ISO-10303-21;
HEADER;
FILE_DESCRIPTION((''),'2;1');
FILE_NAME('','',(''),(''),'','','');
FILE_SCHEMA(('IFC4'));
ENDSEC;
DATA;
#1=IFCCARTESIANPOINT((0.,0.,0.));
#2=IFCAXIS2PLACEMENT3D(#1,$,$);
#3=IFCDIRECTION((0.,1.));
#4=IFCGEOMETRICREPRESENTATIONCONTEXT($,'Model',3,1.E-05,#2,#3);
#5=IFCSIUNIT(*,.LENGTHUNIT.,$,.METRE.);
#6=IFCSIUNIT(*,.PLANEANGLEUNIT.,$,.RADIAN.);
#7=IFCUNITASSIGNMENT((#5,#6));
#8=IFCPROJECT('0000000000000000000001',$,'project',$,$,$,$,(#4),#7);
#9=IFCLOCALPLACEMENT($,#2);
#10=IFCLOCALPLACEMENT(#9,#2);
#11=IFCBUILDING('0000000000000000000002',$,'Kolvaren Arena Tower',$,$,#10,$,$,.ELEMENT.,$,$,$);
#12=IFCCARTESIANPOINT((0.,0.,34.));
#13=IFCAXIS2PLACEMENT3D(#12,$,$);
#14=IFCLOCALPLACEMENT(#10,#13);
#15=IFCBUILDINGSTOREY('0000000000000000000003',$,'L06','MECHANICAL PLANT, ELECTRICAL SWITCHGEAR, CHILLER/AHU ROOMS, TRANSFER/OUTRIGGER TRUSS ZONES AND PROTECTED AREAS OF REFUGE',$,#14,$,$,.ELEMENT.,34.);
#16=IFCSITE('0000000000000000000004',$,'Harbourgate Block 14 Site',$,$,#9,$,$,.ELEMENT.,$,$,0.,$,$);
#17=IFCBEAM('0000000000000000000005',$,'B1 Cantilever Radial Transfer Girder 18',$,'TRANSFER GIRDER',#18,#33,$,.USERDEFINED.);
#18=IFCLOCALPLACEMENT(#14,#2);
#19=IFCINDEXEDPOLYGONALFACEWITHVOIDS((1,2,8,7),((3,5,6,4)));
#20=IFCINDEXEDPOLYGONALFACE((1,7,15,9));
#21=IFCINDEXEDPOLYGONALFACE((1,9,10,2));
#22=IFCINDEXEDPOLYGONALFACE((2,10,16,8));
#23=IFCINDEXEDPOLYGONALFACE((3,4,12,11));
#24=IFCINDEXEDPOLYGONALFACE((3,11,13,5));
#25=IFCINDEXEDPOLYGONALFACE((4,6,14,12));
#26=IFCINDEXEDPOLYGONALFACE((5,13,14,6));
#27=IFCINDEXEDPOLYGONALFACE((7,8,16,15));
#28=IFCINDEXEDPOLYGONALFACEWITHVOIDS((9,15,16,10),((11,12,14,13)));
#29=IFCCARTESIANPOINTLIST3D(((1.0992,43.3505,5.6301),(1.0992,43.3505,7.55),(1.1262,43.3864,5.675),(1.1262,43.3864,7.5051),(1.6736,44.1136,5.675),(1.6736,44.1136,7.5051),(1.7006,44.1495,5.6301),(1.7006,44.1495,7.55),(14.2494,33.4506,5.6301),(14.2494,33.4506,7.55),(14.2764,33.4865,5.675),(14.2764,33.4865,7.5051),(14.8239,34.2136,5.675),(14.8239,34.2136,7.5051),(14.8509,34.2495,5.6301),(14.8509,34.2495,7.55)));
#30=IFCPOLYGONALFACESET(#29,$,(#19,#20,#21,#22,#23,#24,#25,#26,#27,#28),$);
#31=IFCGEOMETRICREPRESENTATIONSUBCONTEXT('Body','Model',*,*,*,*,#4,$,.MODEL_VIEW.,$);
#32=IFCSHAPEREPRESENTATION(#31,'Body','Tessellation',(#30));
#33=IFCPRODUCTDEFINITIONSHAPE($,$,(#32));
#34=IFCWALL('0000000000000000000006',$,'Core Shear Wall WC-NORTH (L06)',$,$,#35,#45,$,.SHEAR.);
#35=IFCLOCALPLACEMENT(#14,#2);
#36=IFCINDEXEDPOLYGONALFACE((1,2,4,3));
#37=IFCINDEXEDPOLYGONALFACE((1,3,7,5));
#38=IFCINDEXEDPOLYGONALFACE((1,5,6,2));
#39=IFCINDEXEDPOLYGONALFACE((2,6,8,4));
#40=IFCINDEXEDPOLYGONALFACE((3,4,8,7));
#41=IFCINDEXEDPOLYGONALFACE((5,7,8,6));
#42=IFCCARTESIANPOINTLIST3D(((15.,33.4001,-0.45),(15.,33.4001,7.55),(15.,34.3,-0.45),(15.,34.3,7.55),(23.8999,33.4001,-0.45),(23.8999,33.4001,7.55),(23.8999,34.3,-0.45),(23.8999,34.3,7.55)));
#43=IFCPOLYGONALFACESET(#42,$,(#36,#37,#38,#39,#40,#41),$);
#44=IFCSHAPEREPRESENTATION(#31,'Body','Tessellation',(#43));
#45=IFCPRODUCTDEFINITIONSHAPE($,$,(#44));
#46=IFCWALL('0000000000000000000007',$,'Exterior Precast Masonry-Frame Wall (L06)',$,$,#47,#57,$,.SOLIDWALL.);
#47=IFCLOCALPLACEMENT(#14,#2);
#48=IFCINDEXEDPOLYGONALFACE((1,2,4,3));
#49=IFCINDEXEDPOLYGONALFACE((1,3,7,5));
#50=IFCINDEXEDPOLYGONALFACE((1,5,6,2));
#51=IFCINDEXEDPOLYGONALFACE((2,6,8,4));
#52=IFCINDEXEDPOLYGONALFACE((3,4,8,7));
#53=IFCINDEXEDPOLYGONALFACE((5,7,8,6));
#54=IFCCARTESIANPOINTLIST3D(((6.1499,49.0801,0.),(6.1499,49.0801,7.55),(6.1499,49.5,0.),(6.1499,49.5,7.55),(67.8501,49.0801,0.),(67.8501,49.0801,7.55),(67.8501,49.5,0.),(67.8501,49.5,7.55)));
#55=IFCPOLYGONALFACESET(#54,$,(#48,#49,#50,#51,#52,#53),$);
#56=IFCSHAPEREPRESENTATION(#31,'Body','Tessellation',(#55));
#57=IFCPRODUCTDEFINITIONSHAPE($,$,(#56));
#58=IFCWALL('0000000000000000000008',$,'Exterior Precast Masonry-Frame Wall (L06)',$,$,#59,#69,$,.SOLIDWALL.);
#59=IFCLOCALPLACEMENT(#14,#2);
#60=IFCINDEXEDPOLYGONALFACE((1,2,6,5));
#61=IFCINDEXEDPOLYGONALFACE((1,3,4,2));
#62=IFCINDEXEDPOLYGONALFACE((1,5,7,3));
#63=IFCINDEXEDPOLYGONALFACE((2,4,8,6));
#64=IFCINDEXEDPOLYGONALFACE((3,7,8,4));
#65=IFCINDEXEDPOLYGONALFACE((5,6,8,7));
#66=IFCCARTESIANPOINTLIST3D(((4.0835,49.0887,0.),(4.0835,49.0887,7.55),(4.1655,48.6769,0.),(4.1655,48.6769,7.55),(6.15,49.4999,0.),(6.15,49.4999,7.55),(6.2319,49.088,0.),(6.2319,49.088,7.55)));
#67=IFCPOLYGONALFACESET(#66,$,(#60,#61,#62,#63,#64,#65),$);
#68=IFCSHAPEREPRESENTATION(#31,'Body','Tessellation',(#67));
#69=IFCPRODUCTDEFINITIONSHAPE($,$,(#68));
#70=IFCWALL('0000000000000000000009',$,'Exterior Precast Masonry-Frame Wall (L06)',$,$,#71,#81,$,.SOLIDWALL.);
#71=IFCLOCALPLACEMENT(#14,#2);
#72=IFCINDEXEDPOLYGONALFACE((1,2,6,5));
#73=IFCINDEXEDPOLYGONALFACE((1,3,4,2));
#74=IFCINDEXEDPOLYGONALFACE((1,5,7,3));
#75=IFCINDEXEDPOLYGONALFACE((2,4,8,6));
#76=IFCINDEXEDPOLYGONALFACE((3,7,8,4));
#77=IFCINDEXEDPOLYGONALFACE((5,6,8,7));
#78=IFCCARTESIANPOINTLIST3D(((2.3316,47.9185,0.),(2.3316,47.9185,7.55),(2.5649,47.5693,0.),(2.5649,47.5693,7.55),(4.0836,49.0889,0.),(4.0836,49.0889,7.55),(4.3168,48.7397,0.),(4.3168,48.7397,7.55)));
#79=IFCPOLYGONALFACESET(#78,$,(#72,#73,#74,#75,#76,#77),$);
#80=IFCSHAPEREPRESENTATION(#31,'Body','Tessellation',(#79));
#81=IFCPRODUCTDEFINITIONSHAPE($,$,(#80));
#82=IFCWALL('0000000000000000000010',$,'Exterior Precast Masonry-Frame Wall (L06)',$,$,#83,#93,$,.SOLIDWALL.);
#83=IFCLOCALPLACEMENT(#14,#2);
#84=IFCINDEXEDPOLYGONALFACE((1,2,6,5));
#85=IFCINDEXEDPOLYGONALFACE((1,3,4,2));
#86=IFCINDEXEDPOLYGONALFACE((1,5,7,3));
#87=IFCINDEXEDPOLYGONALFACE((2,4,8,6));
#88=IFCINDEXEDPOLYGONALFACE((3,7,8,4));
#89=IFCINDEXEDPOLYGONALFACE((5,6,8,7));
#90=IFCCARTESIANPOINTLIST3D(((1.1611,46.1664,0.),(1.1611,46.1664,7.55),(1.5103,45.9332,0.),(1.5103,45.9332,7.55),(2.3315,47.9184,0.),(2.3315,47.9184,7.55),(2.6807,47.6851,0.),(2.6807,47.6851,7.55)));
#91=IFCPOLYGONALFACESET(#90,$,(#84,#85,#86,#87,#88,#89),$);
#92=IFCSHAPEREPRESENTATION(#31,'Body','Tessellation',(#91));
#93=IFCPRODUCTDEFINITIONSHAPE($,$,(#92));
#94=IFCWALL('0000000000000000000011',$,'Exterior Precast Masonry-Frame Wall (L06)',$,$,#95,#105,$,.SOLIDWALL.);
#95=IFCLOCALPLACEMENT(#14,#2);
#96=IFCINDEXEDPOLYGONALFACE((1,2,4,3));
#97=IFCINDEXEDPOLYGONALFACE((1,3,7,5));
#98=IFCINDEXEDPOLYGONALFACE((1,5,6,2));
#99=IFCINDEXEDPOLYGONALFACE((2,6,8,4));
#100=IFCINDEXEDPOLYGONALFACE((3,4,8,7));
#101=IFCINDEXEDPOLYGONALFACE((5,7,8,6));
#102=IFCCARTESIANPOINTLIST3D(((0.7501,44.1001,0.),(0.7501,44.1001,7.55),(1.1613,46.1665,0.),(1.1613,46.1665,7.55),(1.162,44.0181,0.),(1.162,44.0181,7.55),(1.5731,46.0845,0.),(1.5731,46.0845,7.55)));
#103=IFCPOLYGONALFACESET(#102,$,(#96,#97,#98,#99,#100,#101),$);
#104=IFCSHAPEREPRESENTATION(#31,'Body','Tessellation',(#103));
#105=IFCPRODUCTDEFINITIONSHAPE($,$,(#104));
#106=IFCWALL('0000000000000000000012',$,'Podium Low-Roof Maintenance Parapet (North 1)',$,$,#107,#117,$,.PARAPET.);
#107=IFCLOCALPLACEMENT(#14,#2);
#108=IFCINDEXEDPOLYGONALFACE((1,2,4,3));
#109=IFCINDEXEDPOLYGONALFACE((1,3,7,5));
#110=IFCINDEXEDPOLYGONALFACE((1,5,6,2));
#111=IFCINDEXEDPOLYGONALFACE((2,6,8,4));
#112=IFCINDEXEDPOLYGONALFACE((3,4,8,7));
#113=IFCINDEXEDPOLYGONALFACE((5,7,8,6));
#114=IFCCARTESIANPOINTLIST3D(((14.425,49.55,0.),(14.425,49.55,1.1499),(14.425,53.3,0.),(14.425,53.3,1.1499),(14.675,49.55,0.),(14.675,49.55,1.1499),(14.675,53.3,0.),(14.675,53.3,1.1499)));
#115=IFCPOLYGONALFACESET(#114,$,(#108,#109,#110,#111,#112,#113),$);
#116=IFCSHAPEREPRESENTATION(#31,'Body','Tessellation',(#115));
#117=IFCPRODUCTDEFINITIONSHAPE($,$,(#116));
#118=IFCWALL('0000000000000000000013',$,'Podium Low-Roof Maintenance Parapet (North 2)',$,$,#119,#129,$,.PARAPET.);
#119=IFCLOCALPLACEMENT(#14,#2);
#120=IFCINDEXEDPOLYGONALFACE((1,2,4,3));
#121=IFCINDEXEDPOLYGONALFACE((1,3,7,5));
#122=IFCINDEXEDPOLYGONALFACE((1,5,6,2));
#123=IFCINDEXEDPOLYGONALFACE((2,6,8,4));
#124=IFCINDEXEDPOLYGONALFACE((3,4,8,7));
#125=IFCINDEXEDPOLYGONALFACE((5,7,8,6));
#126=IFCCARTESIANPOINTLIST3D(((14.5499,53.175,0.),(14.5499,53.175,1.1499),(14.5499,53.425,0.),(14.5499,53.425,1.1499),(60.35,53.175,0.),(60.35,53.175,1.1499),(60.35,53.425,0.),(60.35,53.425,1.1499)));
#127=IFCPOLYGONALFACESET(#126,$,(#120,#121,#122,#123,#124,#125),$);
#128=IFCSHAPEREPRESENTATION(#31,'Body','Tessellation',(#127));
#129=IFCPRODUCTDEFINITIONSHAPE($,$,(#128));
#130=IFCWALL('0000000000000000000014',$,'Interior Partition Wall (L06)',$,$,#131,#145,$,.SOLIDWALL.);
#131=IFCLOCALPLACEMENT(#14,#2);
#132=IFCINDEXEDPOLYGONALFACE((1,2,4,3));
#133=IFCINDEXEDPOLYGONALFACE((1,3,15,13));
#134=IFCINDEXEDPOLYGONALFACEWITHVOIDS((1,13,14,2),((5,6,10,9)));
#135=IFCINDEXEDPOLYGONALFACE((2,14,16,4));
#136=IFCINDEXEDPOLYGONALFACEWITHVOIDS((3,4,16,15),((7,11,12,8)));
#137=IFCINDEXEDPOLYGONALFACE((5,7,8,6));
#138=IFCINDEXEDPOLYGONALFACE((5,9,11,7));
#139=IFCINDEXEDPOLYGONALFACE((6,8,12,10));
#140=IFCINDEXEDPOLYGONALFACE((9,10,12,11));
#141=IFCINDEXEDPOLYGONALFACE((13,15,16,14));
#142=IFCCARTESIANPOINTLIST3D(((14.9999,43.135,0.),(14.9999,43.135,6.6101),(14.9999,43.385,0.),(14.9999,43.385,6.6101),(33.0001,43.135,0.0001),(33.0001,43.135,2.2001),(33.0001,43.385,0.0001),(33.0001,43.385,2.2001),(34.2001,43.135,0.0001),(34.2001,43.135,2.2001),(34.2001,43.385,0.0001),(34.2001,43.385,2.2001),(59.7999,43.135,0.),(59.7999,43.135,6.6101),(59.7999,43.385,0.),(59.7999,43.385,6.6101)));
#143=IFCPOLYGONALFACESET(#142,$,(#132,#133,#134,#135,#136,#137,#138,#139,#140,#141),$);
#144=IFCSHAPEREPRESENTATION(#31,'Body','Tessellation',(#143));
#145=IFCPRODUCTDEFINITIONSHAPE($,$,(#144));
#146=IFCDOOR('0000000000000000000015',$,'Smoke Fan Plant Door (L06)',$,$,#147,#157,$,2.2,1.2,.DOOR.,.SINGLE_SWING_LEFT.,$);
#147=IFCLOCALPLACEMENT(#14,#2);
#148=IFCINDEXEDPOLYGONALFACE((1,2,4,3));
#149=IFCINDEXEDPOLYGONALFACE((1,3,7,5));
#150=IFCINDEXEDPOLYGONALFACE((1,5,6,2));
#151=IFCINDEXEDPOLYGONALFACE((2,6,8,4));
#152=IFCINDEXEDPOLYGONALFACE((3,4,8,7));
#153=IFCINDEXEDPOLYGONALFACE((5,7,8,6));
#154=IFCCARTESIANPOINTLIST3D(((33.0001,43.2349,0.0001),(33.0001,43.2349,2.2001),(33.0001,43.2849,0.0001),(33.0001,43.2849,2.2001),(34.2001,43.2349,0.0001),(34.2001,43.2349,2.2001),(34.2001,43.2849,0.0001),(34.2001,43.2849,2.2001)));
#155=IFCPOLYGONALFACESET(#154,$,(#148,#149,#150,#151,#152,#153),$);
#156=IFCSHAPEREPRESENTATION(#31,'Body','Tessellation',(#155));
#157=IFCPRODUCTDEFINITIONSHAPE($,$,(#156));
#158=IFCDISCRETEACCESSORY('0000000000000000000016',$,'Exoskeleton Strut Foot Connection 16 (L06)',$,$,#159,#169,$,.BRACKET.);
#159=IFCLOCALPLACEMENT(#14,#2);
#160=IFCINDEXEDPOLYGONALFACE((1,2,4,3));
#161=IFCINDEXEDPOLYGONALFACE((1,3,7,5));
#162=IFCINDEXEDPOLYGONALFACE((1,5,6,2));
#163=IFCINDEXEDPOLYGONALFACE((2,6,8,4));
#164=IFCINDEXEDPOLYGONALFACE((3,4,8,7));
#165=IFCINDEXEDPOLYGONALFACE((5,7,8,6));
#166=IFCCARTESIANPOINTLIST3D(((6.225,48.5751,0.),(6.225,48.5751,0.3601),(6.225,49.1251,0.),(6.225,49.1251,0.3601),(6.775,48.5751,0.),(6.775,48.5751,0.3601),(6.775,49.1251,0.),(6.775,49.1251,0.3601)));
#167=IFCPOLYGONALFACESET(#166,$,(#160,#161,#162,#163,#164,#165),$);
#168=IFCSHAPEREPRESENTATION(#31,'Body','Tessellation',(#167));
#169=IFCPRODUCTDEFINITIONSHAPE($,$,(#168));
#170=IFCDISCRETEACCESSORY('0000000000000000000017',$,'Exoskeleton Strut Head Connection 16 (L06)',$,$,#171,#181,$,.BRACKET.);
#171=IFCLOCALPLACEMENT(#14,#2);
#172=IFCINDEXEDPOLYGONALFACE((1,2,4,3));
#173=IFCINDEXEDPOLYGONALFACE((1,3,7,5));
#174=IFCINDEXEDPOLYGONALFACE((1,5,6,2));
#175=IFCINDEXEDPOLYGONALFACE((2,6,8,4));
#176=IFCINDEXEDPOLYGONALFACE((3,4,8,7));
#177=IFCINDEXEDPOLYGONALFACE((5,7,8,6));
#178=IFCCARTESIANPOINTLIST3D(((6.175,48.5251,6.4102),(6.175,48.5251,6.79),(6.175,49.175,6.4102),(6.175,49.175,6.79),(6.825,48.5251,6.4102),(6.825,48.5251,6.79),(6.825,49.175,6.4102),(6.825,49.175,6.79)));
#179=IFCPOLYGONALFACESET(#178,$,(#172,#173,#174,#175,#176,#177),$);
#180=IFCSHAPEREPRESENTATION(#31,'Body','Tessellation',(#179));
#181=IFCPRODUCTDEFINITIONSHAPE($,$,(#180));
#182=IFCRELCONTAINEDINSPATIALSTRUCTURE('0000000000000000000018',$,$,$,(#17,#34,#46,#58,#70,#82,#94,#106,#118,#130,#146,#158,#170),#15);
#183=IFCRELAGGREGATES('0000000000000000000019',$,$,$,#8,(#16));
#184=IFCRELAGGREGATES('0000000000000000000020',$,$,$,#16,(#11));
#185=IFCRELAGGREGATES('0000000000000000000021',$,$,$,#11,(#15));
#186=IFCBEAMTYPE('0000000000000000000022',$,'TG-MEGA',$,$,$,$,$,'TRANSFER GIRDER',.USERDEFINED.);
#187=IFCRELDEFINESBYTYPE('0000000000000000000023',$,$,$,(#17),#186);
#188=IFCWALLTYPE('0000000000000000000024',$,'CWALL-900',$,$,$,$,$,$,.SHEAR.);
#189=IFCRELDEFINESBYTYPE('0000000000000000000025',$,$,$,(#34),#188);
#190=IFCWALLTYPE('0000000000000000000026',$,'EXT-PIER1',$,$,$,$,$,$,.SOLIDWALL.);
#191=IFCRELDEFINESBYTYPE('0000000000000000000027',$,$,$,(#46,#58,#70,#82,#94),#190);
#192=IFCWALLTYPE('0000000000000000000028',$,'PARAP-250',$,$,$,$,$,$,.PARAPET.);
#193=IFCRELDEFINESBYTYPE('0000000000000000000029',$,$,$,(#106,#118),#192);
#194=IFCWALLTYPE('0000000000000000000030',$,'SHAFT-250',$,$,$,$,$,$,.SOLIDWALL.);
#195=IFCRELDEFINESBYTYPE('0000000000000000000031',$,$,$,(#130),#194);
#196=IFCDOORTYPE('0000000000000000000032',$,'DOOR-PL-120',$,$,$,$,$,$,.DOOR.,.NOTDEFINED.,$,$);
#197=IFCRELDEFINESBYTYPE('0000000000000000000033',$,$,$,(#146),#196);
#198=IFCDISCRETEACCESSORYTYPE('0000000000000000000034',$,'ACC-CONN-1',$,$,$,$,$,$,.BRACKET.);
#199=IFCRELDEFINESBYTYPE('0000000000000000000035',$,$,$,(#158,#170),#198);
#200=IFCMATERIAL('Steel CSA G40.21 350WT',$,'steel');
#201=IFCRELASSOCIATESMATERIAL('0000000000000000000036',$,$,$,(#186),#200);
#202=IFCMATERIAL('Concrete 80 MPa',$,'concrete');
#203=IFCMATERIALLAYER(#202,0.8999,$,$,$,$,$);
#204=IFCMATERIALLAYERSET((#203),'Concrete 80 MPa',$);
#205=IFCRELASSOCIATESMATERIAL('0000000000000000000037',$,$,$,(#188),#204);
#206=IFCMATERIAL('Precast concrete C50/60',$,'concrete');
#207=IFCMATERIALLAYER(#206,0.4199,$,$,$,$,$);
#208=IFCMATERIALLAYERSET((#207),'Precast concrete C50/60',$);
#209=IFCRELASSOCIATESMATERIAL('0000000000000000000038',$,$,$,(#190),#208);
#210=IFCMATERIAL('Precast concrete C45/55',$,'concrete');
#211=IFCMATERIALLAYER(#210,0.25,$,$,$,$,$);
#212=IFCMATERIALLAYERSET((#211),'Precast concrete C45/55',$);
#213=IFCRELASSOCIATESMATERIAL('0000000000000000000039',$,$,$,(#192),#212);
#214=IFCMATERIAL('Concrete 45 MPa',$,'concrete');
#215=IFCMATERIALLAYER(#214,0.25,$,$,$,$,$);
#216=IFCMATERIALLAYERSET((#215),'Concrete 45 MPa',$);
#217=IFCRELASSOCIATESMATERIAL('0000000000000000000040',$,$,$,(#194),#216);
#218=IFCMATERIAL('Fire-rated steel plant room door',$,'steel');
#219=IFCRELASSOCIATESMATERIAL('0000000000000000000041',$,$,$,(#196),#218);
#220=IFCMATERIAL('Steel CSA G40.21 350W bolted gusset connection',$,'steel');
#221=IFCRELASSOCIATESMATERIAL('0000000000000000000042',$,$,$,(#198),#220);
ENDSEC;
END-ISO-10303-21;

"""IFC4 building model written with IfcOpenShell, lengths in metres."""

from ifc_helpers import new_model, si_unit, direction, frame, frame_2d, origin, origin_2d, place, context, subcontext, project, spatial, rectangle, hollow_rectangle, extrude, material, layer, layer_set, material_profile, profile_set, type_object, element, fill, save


model = new_model("IFC4")

# Units and contexts
model_context = context("Model", 3, precision=1e-05, world=origin(), true_north=direction((0.0, 1.0)))
body_context = subcontext(model_context, "Body", "Model", "MODEL_VIEW")
ifc_project = project(units=[si_unit("LENGTHUNIT", "METRE"), si_unit("PLANEANGLEUNIT", "RADIAN")], contexts=[model_context])

# Site, building, storey
site_placement = place(None, origin())
site = spatial("IfcSite", under=ifc_project, at=site_placement, Name="Harbourgate Block 14 Site", CompositionType="ELEMENT", RefElevation=0.0)
building_placement = place(site_placement, origin())
building = spatial("IfcBuilding", under=site, at=building_placement, Name="Kolvaren Arena Tower", CompositionType="ELEMENT")
storey_placement = place(building_placement, frame((0.0, 0.0, 34.0)))
storey = spatial("IfcBuildingStorey", under=building, at=storey_placement, Name="L06", Description="MECHANICAL PLANT, ELECTRICAL SWITCHGEAR, CHILLER/AHU ROOMS, TRANSFER/OUTRIGGER TRUSS ZONES AND PROTECTED AREAS OF REFUGE", CompositionType="ELEMENT", Elevation=34.0)

# Shared definitions
ifc_material_1 = material(Name="Steel CSA G40.21 350WT", Category="steel")

# Beam
ifc_material_profile_1 = material_profile(ifc_material_1, hollow_rectangle(XDim=1.0, YDim=1.9199, WallThickness=0.0449, at=origin_2d()), Name="BOX 1000x1920x45")
ifc_profile_set_1 = profile_set([ifc_material_profile_1], Name="Steel CSA G40.21 350WT")
beam_type_1 = type_object("IfcBeamType", Name="TG-MEGA", ElementType="TRANSFER GIRDER", PredefinedType="USERDEFINED", material=ifc_profile_set_1)
beam_1_placement = place(storey_placement, frame((1.3999, 43.75, 6.5901), z_axis=(0.798911, -0.601449, 0.0), x_axis=(0.601449, 0.798911, 0.0)))
element("IfcBeam", 1, at=beam_1_placement, inside=storey, type_object=beam_type_1, Name="B1 Cantilever Radial Transfer Girder 18", ObjectType="TRANSFER GIRDER", PredefinedType="USERDEFINED", context=body_context, shape_type="SweptSolid", body=[
    extrude(hollow_rectangle(XDim=1.0, YDim=1.9199, WallThickness=0.0449, at=origin_2d()), origin(), (0.0, 0.0, 1.0), 16.4602),
])

# Walls
ifc_material_2 = material(Name="Concrete 80 MPa", Category="concrete")
ifc_layer_1 = layer(ifc_material_2, 0.8999)
ifc_layer_set_1 = layer_set([ifc_layer_1], Name="Concrete 80 MPa")
wall_type_1 = type_object("IfcWallType", Name="CWALL-900", PredefinedType="SHEAR", material=ifc_layer_set_1)
wall_1_placement = place(storey_placement, frame((15.0, 33.8501, -0.45), z_axis=(0.0, 0.0, 1.0), x_axis=(1.0, 0.0, 0.0)))
element("IfcWall", 2, at=wall_1_placement, inside=storey, type_object=wall_type_1, Name="Core Shear Wall WC-NORTH (L06)", PredefinedType="SHEAR", context=body_context, shape_type="SweptSolid", body=[
    extrude(rectangle(XDim=8.8999, YDim=0.8999, at=frame_2d((4.45, 0.0))), origin(), (0.0, 0.0, 1.0), 8.0),
])
ifc_material_3 = material(Name="Precast concrete C50/60", Category="concrete")
ifc_layer_2 = layer(ifc_material_3, 0.4199)
ifc_layer_set_2 = layer_set([ifc_layer_2], Name="Precast concrete C50/60")
wall_type_2 = type_object("IfcWallType", Name="EXT-PIER1", PredefinedType="SOLIDWALL", material=ifc_layer_set_2)
wall_2_placement = place(storey_placement, frame((6.1499, 49.29, 0.0), z_axis=(0.0, 0.0, 1.0), x_axis=(1.0, 0.0, 0.0)))
element("IfcWall", 3, at=wall_2_placement, inside=storey, type_object=wall_type_2, Name="Exterior Precast Masonry-Frame Wall (L06)", PredefinedType="SOLIDWALL", context=body_context, shape_type="SweptSolid", body=[
    extrude(rectangle(XDim=61.7002, YDim=0.4199, at=frame_2d((30.8501, 0.0))), origin(), (0.0, 0.0, 1.0), 7.55),
])
for number, where, z_axis, x_axis, name in (
    (4, (4.1245, 48.8828, 0.0), (0.0, 0.0, 1.0), (0.980776, 0.195136, 0.0), "Exterior Precast Masonry-Frame Wall (L06)"),
    (5, (2.4482, 47.7439, 0.0), (0.0, 0.0, 1.0), (0.831515, 0.555502, 0.0), "Exterior Precast Masonry-Frame Wall (L06)"),
    (6, (1.3357, 46.0498, 0.0), (0.0, 0.0, 1.0), (0.555502, 0.831515, 0.0), "Exterior Precast Masonry-Frame Wall (L06)"),
    (7, (0.9561, 44.0591, 0.0), (0.0, 0.0, 1.0), (0.195136, 0.980776, 0.0), "Exterior Precast Masonry-Frame Wall (L06)"),
):
    element("IfcWall", number, at=place(storey_placement, frame(where, z_axis=z_axis, x_axis=x_axis)), inside=storey, type_object=wall_type_2, Name=name, PredefinedType="SOLIDWALL", context=body_context, shape_type="SweptSolid", body=[
        extrude(rectangle(XDim=2.1069, YDim=0.4199, at=frame_2d((1.0535, 0.0))), origin(), (0.0, 0.0, 1.0), 7.55),
    ])
ifc_material_4 = material(Name="Precast concrete C45/55", Category="concrete")
ifc_layer_3 = layer(ifc_material_4, 0.25)
ifc_layer_set_3 = layer_set([ifc_layer_3], Name="Precast concrete C45/55")
wall_type_3 = type_object("IfcWallType", Name="PARAP-250", PredefinedType="PARAPET", material=ifc_layer_set_3)
wall_3_placement = place(storey_placement, frame((14.55, 49.55, 0.0), z_axis=(0.0, 0.0, 1.0), x_axis=(0.0, 1.0, 0.0)))
element("IfcWall", 8, at=wall_3_placement, inside=storey, type_object=wall_type_3, Name="Podium Low-Roof Maintenance Parapet (North 1)", PredefinedType="PARAPET", context=body_context, shape_type="SweptSolid", body=[
    extrude(rectangle(XDim=3.75, YDim=0.25, at=frame_2d((1.875, 0.0))), origin(), (0.0, 0.0, 1.0), 1.1499),
])
wall_4_placement = place(storey_placement, frame((14.55, 53.3, 0.0), z_axis=(0.0, 0.0, 1.0), x_axis=(1.0, 0.0, 0.0)))
element("IfcWall", 9, at=wall_4_placement, inside=storey, type_object=wall_type_3, Name="Podium Low-Roof Maintenance Parapet (North 2)", PredefinedType="PARAPET", context=body_context, shape_type="SweptSolid", body=[
    extrude(rectangle(XDim=45.8, YDim=0.25, at=frame_2d((22.8999, 0.0))), origin(), (0.0, 0.0, 1.0), 1.1499),
])

# Wall, opening, door
ifc_material_5 = material(Name="Concrete 45 MPa", Category="concrete")
ifc_layer_4 = layer(ifc_material_5, 0.25)
ifc_layer_set_4 = layer_set([ifc_layer_4], Name="Concrete 45 MPa")
wall_type_4 = type_object("IfcWallType", Name="SHAFT-250", PredefinedType="SOLIDWALL", material=ifc_layer_set_4)
wall_5_placement = place(storey_placement, frame((15.0, 43.26, 0.0), z_axis=(0.0, 0.0, 1.0), x_axis=(1.0, 0.0, 0.0)))
wall_5 = element("IfcWall", 10, at=wall_5_placement, inside=storey, type_object=wall_type_4, Name="Interior Partition Wall (L06)", PredefinedType="SOLIDWALL", context=body_context, shape_type="SweptSolid", body=[
    extrude(rectangle(XDim=44.8, YDim=0.25, at=frame_2d((22.3999, 0.0))), origin(), (0.0, 0.0, 1.0), 6.6101),
])
opening_placement = place(wall_5_placement, frame((18.0, 0.0, 0.0)))
opening = element("IfcOpeningElement", 11, at=opening_placement, cuts=wall_5, PredefinedType="OPENING", context=body_context, shape_type="SweptSolid", body=[
    extrude(rectangle(XDim=1.2, YDim=2.2, at=frame_2d((0.6001, 1.1001))), frame((0.0, 0.135, 0.0), z_axis=(0.0, -1.0, 0.0), x_axis=(1.0, 0.0, 0.0)), (0.0, 0.0, 1.0), 0.27),
])
ifc_material_6 = material(Name="Fire-rated steel plant room door", Category="steel")
door_type = type_object("IfcDoorType", Name="DOOR-PL-120", OperationType="NOTDEFINED", PredefinedType="DOOR", material=ifc_material_6)
door_placement = place(opening_placement, origin())
door = element("IfcDoor", 12, at=door_placement, inside=storey, type_object=door_type, Name="Smoke Fan Plant Door (L06)", OperationType="SINGLE_SWING_LEFT", OverallHeight=2.2, OverallWidth=1.2, PredefinedType="DOOR", context=body_context, shape_type="SweptSolid", body=[
    extrude(rectangle(XDim=1.2, YDim=2.2, at=frame_2d((0.6001, 1.1001))), frame((0.0, 0.0249, 0.0), z_axis=(0.0, -1.0, 0.0), x_axis=(1.0, 0.0, 0.0)), (0.0, 0.0, 1.0), 0.05),
])
fill(opening, door)

# Discrete accessories
ifc_material_7 = material(Name="Steel CSA G40.21 350W bolted gusset connection", Category="steel")
discrete_accessory_type = type_object("IfcDiscreteAccessoryType", Name="ACC-CONN-1", PredefinedType="BRACKET", material=ifc_material_7)
discrete_accessory_1_placement = place(storey_placement, frame((6.5, 48.8501, 0.0), z_axis=(0.0, 0.0, 1.0), x_axis=(1.0, 0.0, 0.0)))
element("IfcDiscreteAccessory", 13, at=discrete_accessory_1_placement, inside=storey, type_object=discrete_accessory_type, Name="Exoskeleton Strut Foot Connection 16 (L06)", PredefinedType="BRACKET", context=body_context, shape_type="SweptSolid", body=[
    extrude(rectangle(XDim=0.55, YDim=0.55, at=origin_2d()), origin(), (0.0, 0.0, 1.0), 0.3601),
])
discrete_accessory_2_placement = place(storey_placement, frame((6.5, 48.8501, 6.4102), z_axis=(0.0, 0.0, 1.0), x_axis=(1.0, 0.0, 0.0)))
element("IfcDiscreteAccessory", 14, at=discrete_accessory_2_placement, inside=storey, type_object=discrete_accessory_type, Name="Exoskeleton Strut Head Connection 16 (L06)", PredefinedType="BRACKET", context=body_context, shape_type="SweptSolid", body=[
    extrude(rectangle(XDim=0.6499, YDim=0.6499, at=origin_2d()), origin(), (0.0, 0.0, 1.0), 0.3799),
])

save(model, "model.ifc")
